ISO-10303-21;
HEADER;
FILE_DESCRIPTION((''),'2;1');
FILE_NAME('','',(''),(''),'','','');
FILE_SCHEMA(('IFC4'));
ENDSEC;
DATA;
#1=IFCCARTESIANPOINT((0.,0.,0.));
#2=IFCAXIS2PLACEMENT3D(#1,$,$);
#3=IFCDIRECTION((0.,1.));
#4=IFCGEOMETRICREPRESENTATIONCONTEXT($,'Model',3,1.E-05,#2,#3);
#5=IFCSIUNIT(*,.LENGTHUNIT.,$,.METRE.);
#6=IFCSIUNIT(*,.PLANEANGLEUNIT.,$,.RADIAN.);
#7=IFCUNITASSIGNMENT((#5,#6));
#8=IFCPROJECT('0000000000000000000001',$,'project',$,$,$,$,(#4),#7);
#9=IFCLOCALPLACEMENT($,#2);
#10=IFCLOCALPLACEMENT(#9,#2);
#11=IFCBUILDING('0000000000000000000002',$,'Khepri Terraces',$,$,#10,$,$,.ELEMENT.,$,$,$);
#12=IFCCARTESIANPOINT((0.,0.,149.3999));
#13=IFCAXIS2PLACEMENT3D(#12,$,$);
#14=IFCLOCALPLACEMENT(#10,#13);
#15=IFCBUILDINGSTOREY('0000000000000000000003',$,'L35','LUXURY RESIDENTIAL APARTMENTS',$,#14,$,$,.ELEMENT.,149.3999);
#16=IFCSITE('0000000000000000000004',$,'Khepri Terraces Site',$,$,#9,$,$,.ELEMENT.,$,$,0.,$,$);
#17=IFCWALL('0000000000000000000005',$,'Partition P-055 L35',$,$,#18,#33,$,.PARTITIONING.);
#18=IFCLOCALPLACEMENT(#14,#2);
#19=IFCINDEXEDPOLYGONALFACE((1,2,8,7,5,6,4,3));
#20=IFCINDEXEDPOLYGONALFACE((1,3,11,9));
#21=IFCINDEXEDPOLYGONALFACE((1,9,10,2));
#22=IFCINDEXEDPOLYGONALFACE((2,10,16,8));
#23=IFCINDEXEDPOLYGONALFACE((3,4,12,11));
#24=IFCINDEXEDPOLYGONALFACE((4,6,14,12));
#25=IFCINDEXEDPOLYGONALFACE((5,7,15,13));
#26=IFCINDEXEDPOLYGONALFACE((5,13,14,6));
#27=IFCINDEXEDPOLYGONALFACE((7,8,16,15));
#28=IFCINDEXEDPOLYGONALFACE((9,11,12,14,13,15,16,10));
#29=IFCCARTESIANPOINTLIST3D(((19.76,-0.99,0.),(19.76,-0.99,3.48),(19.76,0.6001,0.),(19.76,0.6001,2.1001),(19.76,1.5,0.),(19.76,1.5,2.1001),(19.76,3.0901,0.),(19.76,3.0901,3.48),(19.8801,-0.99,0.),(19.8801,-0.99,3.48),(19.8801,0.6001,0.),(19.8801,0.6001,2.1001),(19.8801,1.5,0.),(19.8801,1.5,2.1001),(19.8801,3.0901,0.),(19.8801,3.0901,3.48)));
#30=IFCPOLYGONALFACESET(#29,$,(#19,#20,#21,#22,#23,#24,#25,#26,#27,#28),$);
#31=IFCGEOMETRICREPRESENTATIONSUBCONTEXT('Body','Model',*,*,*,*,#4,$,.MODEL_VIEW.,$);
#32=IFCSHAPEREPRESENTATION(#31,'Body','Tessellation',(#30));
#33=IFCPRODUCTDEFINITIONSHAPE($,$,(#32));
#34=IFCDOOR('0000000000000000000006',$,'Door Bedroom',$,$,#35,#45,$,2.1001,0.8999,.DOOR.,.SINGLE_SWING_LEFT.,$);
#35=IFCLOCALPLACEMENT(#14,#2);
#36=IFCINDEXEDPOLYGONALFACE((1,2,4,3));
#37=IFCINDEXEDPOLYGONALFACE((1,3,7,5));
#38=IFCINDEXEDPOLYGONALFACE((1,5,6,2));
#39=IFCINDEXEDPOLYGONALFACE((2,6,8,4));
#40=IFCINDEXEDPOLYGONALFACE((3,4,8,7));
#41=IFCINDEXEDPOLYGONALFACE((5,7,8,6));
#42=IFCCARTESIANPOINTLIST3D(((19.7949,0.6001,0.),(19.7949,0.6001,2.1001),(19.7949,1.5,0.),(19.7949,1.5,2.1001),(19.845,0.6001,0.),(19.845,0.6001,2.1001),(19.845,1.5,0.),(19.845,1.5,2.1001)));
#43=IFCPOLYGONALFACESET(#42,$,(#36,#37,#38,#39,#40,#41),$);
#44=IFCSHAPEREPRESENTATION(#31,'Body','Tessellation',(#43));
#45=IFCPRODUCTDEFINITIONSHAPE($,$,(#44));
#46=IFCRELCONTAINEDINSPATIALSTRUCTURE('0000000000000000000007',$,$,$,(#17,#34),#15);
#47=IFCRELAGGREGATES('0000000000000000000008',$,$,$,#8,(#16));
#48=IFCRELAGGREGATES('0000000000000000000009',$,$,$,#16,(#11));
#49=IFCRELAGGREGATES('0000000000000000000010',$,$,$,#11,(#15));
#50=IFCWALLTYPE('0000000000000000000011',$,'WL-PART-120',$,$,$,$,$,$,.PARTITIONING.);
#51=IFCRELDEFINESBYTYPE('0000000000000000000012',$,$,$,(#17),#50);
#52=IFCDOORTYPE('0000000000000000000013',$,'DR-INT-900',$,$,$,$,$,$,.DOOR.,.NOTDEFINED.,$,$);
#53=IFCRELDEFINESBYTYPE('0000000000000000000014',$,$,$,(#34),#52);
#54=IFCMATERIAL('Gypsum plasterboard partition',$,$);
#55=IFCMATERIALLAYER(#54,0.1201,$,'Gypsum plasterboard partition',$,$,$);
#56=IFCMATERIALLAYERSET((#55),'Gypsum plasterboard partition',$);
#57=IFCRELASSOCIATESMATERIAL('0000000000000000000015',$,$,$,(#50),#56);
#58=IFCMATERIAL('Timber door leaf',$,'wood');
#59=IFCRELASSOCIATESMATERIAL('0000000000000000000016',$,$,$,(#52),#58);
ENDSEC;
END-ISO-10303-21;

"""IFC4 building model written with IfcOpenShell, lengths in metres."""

from ifc_helpers import new_model, si_unit, direction, frame, frame_2d, origin, place, context, subcontext, project, spatial, rectangle, extrude, material, layer, layer_set, type_object, element, fill, save


model = new_model("IFC4")

# Units and contexts
model_context = context("Model", 3, precision=1e-05, world=origin(), true_north=direction((0.0, 1.0)))
body_context = subcontext(model_context, "Body", "Model", "MODEL_VIEW")
ifc_project = project(units=[si_unit("LENGTHUNIT", "METRE"), si_unit("PLANEANGLEUNIT", "RADIAN")], contexts=[model_context])

# Site, building, storey
site_placement = place(None, origin())
site = spatial("IfcSite", under=ifc_project, at=site_placement, Name="Khepri Terraces Site", CompositionType="ELEMENT", RefElevation=0.0)
building_placement = place(site_placement, origin())
building = spatial("IfcBuilding", under=site, at=building_placement, Name="Khepri Terraces", CompositionType="ELEMENT")
storey_placement = place(building_placement, frame((0.0, 0.0, 149.3999)))
storey = spatial("IfcBuildingStorey", under=building, at=storey_placement, Name="L35", Description="LUXURY RESIDENTIAL APARTMENTS", CompositionType="ELEMENT", Elevation=149.3999)

# Shared definitions
ifc_material_1 = material(Name="Gypsum plasterboard partition")
ifc_layer_1 = layer(ifc_material_1, 0.1201, Name="Gypsum plasterboard partition")
ifc_layer_set_1 = layer_set([ifc_layer_1], Name="Gypsum plasterboard partition")
wall_type_1 = type_object("IfcWallType", Name="WL-PART-120", PredefinedType="PARTITIONING", material=ifc_layer_set_1)
ifc_material_2 = material(Name="Timber door leaf", Category="wood")
door_type_1 = type_object("IfcDoorType", Name="DR-INT-900", OperationType="NOTDEFINED", PredefinedType="DOOR", material=ifc_material_2)

# Wall, opening, door
wall_1_placement = place(storey_placement, frame((19.8201, -0.99, 0.0), z_axis=(0.0, 0.0, 1.0), x_axis=(0.0, 1.0, 0.0)))
wall_1 = element("IfcWall", 1, at=wall_1_placement, inside=storey, type_object=wall_type_1, Name="Partition P-055 L35", PredefinedType="PARTITIONING", context=body_context, shape_type="SweptSolid", body=[
    extrude(rectangle(XDim=4.0801, YDim=0.1201, at=frame_2d((2.04, 0.0))), origin(), (0.0, 0.0, 1.0), 3.48),
])
opening_1_placement = place(wall_1_placement, frame((1.5901, 0.0, 0.0)))
opening_1 = element("IfcOpeningElement", 2, at=opening_1_placement, cuts=wall_1, PredefinedType="OPENING", context=body_context, shape_type="SweptSolid", body=[
    extrude(rectangle(XDim=0.8999, YDim=2.1001, at=frame_2d((0.45, 1.05))), frame((0.0, 0.0701, 0.0), z_axis=(0.0, -1.0, 0.0), x_axis=(1.0, 0.0, 0.0)), (0.0, 0.0, 1.0), 0.1401),
])
door_1_placement = place(opening_1_placement, frame((0.8999, 0.0, 0.0), z_axis=(0.0, 0.0, 1.0), x_axis=(-1.0, 0.0, 0.0)))
door_1 = element("IfcDoor", 3, at=door_1_placement, inside=storey, type_object=door_type_1, Name="Door Bedroom", OperationType="SINGLE_SWING_LEFT", OverallHeight=2.1001, OverallWidth=0.8999, PredefinedType="DOOR", context=body_context, shape_type="SweptSolid", body=[
    extrude(rectangle(XDim=0.8999, YDim=2.1001, at=frame_2d((0.45, 1.05))), frame((0.0, 0.0249, 0.0), z_axis=(0.0, -1.0, 0.0), x_axis=(1.0, 0.0, 0.0)), (0.0, 0.0, 1.0), 0.05),
])
fill(opening_1, door_1)

save(model, "model.ifc")
